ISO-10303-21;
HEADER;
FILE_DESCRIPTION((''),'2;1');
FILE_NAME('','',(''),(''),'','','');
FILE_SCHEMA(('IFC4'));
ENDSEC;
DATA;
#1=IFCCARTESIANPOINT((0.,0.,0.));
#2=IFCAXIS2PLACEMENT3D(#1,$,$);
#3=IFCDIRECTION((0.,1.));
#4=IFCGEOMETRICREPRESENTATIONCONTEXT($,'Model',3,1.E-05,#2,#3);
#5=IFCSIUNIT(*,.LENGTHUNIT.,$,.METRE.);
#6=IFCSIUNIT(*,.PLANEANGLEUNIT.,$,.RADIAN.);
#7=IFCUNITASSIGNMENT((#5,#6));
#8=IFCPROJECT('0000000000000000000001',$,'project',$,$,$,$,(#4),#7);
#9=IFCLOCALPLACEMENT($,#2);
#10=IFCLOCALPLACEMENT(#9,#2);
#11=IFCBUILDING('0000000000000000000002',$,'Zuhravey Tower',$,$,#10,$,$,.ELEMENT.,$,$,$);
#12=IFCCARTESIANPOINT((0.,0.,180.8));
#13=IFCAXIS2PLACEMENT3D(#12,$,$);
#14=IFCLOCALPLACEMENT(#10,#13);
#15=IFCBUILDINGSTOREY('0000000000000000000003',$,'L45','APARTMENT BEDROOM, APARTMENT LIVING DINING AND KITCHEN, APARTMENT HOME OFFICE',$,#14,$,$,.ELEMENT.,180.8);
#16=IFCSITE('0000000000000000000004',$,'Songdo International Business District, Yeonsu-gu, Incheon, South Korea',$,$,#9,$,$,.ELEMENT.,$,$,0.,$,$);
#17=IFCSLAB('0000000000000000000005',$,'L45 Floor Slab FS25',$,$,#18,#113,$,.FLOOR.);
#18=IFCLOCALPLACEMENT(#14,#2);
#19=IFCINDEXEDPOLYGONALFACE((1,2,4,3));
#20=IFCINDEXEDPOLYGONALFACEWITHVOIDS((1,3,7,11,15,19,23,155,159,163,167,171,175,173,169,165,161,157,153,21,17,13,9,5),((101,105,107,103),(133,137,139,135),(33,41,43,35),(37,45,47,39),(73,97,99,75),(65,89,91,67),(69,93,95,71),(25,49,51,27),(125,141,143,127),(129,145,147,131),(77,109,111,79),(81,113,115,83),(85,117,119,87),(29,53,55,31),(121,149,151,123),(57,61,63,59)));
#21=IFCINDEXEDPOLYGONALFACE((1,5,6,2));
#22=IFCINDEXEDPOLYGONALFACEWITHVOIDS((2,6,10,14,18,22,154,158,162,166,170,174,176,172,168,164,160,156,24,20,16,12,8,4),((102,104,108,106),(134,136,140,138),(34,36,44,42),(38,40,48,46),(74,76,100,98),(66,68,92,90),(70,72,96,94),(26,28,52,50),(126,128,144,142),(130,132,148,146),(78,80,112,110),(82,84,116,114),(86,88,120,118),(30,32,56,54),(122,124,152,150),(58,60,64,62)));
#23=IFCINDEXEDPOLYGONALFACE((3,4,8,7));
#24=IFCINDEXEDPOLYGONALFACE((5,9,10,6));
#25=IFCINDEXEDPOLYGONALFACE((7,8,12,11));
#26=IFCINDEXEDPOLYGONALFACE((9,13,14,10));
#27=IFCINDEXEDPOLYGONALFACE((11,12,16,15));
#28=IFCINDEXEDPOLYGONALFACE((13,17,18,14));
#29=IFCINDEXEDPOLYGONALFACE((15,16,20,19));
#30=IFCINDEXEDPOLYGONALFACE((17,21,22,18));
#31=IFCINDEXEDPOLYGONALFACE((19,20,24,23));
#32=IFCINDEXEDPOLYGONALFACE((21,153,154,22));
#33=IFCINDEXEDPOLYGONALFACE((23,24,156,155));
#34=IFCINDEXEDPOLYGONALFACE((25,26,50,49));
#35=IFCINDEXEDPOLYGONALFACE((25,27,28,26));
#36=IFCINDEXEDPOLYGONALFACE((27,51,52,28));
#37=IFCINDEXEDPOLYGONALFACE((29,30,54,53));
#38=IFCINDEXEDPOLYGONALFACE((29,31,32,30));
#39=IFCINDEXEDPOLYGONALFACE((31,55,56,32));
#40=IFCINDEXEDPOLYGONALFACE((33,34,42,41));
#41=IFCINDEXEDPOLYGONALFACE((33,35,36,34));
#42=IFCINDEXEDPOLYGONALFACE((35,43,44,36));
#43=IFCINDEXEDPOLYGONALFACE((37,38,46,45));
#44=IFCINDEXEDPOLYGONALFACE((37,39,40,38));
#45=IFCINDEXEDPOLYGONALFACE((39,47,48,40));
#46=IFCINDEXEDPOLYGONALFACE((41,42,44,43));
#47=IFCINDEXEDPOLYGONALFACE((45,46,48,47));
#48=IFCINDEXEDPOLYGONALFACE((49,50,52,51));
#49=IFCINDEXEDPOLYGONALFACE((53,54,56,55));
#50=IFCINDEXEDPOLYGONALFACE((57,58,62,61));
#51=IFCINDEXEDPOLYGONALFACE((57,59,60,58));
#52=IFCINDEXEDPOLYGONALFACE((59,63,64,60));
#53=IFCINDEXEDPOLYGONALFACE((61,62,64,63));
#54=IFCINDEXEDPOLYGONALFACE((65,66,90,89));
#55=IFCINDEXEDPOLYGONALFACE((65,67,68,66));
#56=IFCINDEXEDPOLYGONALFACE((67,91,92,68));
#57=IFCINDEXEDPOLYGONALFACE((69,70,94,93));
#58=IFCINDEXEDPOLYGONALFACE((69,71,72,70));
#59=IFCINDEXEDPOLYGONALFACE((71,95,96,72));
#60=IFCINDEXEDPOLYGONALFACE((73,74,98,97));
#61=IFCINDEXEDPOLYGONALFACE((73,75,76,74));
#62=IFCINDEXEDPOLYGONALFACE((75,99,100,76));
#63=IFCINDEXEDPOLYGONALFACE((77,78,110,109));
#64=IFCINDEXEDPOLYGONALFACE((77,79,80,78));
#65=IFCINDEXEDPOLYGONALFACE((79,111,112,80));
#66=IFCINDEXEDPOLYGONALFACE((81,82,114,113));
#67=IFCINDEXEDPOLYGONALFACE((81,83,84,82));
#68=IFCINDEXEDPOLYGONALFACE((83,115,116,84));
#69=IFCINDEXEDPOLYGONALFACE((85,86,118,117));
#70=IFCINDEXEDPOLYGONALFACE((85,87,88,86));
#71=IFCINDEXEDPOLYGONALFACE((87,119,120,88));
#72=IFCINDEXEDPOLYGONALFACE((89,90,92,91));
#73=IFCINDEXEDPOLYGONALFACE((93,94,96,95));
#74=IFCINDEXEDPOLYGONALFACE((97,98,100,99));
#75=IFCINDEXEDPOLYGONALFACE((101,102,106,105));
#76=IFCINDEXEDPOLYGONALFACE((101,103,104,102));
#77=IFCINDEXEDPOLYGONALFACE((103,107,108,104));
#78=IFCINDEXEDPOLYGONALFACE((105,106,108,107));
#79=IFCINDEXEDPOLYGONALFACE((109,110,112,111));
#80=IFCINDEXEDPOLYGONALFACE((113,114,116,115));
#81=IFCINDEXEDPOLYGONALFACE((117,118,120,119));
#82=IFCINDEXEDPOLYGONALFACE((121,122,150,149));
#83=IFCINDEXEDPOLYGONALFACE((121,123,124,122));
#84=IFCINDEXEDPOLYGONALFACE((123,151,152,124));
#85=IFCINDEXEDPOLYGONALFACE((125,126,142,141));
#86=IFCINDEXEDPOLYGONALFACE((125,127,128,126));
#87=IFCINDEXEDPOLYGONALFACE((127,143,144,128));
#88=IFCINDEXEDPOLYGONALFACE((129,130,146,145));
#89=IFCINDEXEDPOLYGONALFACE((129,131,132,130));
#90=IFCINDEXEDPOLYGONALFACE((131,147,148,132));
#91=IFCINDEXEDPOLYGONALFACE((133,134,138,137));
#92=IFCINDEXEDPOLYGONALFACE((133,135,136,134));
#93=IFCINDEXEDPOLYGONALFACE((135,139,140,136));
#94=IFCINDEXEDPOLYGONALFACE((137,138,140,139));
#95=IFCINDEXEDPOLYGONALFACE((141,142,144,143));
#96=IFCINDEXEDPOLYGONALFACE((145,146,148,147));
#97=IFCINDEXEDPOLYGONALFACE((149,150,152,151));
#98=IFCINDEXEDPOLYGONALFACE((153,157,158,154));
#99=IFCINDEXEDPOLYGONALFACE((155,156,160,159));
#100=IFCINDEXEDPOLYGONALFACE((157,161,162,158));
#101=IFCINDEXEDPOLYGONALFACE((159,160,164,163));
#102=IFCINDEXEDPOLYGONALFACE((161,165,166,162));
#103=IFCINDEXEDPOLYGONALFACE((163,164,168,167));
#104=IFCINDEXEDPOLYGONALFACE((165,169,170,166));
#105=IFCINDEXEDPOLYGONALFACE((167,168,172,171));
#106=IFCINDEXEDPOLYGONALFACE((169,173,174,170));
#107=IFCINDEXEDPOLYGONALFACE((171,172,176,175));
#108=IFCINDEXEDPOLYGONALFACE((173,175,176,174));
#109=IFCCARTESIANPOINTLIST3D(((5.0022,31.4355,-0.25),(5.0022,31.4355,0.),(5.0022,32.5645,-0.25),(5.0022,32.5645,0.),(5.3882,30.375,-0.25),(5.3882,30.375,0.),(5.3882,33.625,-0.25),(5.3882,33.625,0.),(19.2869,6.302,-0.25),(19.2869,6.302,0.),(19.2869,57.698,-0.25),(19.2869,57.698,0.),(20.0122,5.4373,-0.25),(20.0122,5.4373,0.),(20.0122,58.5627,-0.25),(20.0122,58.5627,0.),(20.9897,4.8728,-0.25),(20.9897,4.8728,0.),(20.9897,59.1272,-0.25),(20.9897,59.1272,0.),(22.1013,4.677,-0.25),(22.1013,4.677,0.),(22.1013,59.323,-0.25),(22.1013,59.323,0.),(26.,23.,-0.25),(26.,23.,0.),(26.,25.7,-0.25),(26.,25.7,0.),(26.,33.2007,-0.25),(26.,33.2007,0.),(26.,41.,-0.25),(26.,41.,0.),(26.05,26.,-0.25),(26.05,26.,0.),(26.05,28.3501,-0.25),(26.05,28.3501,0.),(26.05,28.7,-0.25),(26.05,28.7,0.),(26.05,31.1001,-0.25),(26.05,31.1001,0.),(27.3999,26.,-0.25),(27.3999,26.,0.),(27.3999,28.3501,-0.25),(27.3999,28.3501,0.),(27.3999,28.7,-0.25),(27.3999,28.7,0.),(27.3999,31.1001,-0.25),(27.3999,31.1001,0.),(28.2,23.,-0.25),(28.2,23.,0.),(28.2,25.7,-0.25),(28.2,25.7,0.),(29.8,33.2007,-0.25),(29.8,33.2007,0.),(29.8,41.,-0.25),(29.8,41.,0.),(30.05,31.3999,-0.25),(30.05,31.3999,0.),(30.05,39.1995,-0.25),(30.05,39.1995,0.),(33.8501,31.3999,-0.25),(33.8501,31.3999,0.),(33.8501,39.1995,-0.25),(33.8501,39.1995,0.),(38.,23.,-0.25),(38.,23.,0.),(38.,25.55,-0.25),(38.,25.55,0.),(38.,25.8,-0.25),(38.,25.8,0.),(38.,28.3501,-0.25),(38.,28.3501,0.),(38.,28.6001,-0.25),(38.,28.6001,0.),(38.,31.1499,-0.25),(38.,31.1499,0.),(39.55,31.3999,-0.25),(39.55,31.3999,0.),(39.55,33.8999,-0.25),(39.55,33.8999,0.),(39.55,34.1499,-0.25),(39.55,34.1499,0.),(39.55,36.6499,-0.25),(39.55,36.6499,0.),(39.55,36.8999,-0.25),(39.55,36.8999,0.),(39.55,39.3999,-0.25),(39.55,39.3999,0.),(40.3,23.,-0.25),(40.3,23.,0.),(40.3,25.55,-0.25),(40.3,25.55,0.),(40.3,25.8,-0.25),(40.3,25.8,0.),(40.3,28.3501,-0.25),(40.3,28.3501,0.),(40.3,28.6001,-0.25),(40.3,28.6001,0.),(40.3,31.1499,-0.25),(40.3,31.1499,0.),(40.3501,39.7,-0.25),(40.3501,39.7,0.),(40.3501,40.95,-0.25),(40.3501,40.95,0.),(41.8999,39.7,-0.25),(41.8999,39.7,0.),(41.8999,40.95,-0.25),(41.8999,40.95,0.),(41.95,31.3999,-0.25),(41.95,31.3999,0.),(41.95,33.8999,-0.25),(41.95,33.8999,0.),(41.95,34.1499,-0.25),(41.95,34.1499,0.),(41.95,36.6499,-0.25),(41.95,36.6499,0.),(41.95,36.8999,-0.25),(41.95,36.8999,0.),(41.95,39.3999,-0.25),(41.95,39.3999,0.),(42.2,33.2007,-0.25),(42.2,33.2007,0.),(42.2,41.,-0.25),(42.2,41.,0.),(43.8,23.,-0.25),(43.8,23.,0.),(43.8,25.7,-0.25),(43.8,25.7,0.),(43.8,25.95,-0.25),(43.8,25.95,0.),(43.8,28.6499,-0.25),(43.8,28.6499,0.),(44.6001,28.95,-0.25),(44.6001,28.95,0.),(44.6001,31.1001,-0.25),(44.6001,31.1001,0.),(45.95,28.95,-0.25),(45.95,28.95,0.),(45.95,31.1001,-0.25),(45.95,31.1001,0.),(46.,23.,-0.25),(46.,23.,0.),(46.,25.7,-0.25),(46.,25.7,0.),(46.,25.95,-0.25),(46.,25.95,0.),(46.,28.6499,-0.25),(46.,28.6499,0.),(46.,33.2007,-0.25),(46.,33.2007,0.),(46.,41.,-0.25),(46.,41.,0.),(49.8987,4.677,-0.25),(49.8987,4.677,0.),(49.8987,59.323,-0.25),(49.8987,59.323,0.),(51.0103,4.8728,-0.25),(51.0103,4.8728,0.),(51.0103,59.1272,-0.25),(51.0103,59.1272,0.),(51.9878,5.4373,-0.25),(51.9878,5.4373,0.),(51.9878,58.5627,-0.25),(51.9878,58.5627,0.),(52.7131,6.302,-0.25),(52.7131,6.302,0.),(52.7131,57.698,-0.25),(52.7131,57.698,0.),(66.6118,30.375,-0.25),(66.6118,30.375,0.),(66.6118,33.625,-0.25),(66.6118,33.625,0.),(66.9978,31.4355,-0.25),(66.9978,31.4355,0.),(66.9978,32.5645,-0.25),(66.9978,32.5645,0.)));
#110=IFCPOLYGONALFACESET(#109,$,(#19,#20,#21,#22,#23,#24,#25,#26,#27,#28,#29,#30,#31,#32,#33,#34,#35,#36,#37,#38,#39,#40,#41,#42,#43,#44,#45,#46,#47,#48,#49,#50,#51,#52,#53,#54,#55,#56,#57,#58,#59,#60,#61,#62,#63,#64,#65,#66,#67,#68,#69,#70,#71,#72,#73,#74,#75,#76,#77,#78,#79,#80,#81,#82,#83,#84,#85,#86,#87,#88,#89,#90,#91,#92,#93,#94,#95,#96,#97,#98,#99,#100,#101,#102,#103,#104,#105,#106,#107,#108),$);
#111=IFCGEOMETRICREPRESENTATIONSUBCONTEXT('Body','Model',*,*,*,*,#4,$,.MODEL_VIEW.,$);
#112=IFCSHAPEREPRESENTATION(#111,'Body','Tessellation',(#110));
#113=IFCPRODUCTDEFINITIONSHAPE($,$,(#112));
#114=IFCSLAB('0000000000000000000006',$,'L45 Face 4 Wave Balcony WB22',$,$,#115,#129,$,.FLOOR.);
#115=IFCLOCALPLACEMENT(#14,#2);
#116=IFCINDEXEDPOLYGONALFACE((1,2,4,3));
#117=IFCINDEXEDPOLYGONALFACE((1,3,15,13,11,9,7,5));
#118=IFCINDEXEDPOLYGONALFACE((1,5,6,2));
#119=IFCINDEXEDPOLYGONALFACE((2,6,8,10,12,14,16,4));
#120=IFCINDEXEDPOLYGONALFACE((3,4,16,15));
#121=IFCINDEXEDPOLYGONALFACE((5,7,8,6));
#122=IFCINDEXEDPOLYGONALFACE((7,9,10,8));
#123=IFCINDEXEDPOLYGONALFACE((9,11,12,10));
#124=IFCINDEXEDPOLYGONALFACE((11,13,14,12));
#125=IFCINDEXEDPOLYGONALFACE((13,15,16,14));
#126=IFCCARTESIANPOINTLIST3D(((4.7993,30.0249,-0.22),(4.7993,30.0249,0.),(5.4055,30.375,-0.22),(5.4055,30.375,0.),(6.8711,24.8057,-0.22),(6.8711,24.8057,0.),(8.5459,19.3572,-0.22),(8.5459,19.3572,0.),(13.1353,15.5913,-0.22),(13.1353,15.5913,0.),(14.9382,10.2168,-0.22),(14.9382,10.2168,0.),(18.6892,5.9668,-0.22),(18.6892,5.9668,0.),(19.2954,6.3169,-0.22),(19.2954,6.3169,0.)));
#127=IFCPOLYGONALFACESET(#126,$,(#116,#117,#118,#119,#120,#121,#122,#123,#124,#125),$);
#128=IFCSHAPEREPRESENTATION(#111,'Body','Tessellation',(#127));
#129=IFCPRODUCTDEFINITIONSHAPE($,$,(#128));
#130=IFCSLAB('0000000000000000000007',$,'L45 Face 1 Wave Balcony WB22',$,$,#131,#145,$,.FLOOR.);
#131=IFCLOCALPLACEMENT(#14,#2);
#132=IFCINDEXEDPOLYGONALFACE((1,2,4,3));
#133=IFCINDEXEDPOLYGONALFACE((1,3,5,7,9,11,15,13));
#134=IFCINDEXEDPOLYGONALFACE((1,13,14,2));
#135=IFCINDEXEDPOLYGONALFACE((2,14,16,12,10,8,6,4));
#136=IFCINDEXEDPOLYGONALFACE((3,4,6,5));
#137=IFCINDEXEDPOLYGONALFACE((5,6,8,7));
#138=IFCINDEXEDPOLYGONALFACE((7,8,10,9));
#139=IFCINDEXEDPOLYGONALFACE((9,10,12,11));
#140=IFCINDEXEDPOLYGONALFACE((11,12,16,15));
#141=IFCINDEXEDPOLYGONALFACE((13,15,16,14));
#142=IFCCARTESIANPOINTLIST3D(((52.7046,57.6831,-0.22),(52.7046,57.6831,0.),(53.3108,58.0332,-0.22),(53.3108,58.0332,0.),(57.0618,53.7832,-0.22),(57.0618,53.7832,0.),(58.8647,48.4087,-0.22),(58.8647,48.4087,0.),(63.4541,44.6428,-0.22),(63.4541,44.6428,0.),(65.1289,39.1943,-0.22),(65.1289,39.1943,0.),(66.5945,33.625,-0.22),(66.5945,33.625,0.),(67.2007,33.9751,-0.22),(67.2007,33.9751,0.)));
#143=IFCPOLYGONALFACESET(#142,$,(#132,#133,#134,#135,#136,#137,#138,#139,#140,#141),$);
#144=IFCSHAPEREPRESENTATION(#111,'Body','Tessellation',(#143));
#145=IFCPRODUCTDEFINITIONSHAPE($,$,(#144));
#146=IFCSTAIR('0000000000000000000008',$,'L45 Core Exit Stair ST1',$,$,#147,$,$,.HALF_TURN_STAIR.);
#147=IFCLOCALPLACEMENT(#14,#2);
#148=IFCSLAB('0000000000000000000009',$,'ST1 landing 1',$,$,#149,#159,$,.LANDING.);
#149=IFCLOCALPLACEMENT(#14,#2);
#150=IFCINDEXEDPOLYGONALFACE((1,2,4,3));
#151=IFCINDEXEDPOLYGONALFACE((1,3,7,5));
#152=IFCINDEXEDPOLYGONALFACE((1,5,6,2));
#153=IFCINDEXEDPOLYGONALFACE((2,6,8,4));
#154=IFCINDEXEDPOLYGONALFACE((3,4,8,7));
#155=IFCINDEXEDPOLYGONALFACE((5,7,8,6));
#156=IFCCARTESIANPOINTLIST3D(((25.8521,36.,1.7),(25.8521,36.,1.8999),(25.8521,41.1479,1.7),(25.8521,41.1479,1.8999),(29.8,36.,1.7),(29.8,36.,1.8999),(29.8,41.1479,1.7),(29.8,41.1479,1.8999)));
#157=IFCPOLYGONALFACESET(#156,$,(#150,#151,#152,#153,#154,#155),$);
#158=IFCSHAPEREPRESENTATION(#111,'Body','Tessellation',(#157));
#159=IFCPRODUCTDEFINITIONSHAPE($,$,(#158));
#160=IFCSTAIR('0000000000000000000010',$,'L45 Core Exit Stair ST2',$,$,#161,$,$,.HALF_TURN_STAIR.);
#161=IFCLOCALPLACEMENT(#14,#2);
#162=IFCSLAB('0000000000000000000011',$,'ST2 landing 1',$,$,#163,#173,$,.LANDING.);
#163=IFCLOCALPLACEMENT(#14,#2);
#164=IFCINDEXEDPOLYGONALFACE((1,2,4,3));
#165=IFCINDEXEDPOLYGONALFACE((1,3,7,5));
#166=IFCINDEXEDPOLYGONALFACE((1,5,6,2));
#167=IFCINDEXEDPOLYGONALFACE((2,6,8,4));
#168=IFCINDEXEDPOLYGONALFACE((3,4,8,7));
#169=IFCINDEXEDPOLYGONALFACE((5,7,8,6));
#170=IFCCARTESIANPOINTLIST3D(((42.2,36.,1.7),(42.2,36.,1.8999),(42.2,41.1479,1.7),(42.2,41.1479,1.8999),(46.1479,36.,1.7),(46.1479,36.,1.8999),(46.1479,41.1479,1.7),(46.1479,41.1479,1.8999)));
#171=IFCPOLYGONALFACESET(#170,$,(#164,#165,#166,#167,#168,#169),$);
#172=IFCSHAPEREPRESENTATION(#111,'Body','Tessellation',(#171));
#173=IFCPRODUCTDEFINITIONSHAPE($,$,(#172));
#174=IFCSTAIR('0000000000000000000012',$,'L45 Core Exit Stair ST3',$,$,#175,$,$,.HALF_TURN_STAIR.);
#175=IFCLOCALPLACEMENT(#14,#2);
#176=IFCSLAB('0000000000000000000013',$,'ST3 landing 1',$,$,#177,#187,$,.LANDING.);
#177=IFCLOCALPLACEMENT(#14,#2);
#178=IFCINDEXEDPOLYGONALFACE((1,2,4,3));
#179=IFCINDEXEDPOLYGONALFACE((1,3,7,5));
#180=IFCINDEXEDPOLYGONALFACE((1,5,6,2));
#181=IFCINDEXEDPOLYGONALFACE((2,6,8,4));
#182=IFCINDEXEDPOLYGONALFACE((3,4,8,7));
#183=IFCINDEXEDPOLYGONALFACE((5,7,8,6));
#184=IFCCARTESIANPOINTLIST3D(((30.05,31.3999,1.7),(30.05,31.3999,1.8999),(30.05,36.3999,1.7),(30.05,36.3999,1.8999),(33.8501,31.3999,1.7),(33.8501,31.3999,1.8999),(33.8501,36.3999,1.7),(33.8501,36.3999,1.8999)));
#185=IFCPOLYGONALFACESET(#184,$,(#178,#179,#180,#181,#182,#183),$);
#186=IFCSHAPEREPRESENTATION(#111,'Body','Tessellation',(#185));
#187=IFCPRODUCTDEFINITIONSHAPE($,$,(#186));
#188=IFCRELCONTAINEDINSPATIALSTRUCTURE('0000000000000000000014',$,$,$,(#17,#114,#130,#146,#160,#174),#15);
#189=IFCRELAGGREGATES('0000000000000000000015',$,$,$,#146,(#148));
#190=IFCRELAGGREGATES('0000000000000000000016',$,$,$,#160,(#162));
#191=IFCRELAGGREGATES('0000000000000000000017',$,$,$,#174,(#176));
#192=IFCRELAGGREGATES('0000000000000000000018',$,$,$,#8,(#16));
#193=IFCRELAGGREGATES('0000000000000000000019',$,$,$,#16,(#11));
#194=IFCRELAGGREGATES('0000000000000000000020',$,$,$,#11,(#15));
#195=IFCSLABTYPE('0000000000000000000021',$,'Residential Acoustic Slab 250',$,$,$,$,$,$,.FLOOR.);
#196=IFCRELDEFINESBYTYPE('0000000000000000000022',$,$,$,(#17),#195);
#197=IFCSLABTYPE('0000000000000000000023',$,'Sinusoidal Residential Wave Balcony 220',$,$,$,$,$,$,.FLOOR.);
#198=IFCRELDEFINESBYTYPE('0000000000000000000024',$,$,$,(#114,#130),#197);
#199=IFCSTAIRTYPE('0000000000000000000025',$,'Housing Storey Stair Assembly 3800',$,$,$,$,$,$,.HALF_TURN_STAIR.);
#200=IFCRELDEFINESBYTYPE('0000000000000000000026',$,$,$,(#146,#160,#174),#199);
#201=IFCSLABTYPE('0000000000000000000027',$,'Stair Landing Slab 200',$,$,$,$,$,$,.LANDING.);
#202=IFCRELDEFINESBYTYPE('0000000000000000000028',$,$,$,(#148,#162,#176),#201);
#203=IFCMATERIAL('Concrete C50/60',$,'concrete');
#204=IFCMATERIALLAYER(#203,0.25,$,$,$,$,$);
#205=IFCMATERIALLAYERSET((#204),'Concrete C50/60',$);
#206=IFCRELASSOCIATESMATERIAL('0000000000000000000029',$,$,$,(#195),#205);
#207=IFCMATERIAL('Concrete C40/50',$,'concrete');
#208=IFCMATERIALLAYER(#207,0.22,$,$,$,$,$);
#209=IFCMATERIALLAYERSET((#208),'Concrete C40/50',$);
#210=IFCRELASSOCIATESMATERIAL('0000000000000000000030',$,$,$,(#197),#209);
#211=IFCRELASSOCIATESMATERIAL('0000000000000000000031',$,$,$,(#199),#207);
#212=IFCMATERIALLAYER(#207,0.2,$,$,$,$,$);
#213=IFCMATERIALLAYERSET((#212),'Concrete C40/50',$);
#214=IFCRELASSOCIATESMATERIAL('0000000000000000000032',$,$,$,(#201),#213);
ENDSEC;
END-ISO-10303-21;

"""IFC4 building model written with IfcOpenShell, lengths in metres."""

from ifc_helpers import new_model, si_unit, direction, frame, origin, place, context, subcontext, project, spatial, polyline, outline, extrude, material, layer, layer_set, type_object, element, aggregate, save


model = new_model("IFC4")

# Units and contexts
model_context = context("Model", 3, precision=1e-05, world=origin(), true_north=direction((0.0, 1.0)))
body_context = subcontext(model_context, "Body", "Model", "MODEL_VIEW")
ifc_project = project(units=[si_unit("LENGTHUNIT", "METRE"), si_unit("PLANEANGLEUNIT", "RADIAN")], contexts=[model_context])

# Site, building, storey
site_placement = place(None, origin())
site = spatial("IfcSite", under=ifc_project, at=site_placement, Name="Songdo International Business District, Yeonsu-gu, Incheon, South Korea", CompositionType="ELEMENT", RefElevation=0.0)
building_placement = place(site_placement, origin())
building = spatial("IfcBuilding", under=site, at=building_placement, Name="Zuhravey Tower", CompositionType="ELEMENT")
storey_placement = place(building_placement, frame((0.0, 0.0, 180.8)))
storey = spatial("IfcBuildingStorey", under=building, at=storey_placement, Name="L45", Description="APARTMENT BEDROOM, APARTMENT LIVING DINING AND KITCHEN, APARTMENT HOME OFFICE", CompositionType="ELEMENT", Elevation=180.8)

# Slabs
ifc_material_1 = material(Name="Concrete C50/60", Category="concrete")
ifc_layer_1 = layer(ifc_material_1, 0.25)
ifc_layer_set_1 = layer_set([ifc_layer_1], Name="Concrete C50/60")
slab_type_1 = type_object("IfcSlabType", Name="Residential Acoustic Slab 250", PredefinedType="FLOOR", material=ifc_layer_set_1)
slab_1_placement = place(storey_placement, frame((0.0, 0.0, -0.25)))
element("IfcSlab", 1, at=slab_1_placement, inside=storey, type_object=slab_type_1, Name="L45 Floor Slab FS25", PredefinedType="FLOOR", context=body_context, shape_type="SweptSolid", body=[
    extrude(outline(polyline([(66.6118, 30.375), (66.9978, 31.4355), (66.9978, 32.5645), (66.6118, 33.625), (52.7131, 57.698), (51.9878, 58.5627), (51.0103, 59.1272), (49.8987, 59.323), (22.1013, 59.323), (20.9897, 59.1272), (20.0122, 58.5627), (19.2869, 57.698), (5.3882, 33.625), (5.0022, 32.5645), (5.0022, 31.4355), (5.3882, 30.375), (19.2869, 6.302), (20.0122, 5.4373), (20.9897, 4.8728), (22.1013, 4.677), (49.8987, 4.677), (51.0103, 4.8728), (51.9878, 5.4373), (52.7131, 6.302), (66.6118, 30.375)]), holes=[polyline([(29.8, 33.2007), (29.8, 41.0), (26.0, 41.0), (26.0, 33.2007), (29.8, 33.2007)]), polyline([(46.0, 33.2007), (46.0, 41.0), (42.2, 41.0), (42.2, 33.2007), (46.0, 33.2007)]), polyline([(30.05, 39.1995), (30.05, 31.3999), (33.8501, 31.3999), (33.8501, 39.1995), (30.05, 39.1995)]), polyline([(38.0, 23.0), (40.3, 23.0), (40.3, 25.55), (38.0, 25.55), (38.0, 23.0)]), polyline([(38.0, 25.8), (40.3, 25.8), (40.3, 28.3501), (38.0, 28.3501), (38.0, 25.8)]), polyline([(38.0, 28.6001), (40.3, 28.6001), (40.3, 31.1499), (38.0, 31.1499), (38.0, 28.6001)]), polyline([(39.55, 31.3999), (41.95, 31.3999), (41.95, 33.8999), (39.55, 33.8999), (39.55, 31.3999)]), polyline([(39.55, 34.1499), (41.95, 34.1499), (41.95, 36.6499), (39.55, 36.6499), (39.55, 34.1499)]), polyline([(39.55, 36.8999), (41.95, 36.8999), (41.95, 39.3999), (39.55, 39.3999), (39.55, 36.8999)]), polyline([(26.0, 23.0), (28.2, 23.0), (28.2, 25.7), (26.0, 25.7), (26.0, 23.0)]), polyline([(43.8, 23.0), (46.0, 23.0), (46.0, 25.7), (43.8, 25.7), (43.8, 23.0)]), polyline([(43.8, 25.95), (46.0, 25.95), (46.0, 28.6499), (43.8, 28.6499), (43.8, 25.95)]), polyline([(26.05, 26.0), (27.3999, 26.0), (27.3999, 28.3501), (26.05, 28.3501), (26.05, 26.0)]), polyline([(26.05, 28.7), (27.3999, 28.7), (27.3999, 31.1001), (26.05, 31.1001), (26.05, 28.7)]), polyline([(44.6001, 28.95), (45.95, 28.95), (45.95, 31.1001), (44.6001, 31.1001), (44.6001, 28.95)]), polyline([(40.3501, 39.7), (41.8999, 39.7), (41.8999, 40.95), (40.3501, 40.95), (40.3501, 39.7)])]), origin(), (0.0, 0.0, 1.0), 0.25),
])
ifc_material_2 = material(Name="Concrete C40/50", Category="concrete")
ifc_layer_2 = layer(ifc_material_2, 0.22)
ifc_layer_set_2 = layer_set([ifc_layer_2], Name="Concrete C40/50")
slab_type_2 = type_object("IfcSlabType", Name="Sinusoidal Residential Wave Balcony 220", PredefinedType="FLOOR", material=ifc_layer_set_2)
slab_2_placement = place(storey_placement, frame((0.0, 0.0, -0.22)))
element("IfcSlab", 2, at=slab_2_placement, inside=storey, type_object=slab_type_2, Name="L45 Face 4 Wave Balcony WB22", PredefinedType="FLOOR", context=body_context, shape_type="SweptSolid", body=[
    extrude(outline(polyline([(5.4055, 30.375), (19.2954, 6.3169), (18.6892, 5.9668), (14.9382, 10.2168), (13.1353, 15.5913), (8.5459, 19.3572), (6.8711, 24.8057), (4.7993, 30.0249), (5.4055, 30.375)])), origin(), (0.0, 0.0, 1.0), 0.22),
])
slab_3_placement = place(storey_placement, frame((0.0, 0.0, -0.22)))
element("IfcSlab", 3, at=slab_3_placement, inside=storey, type_object=slab_type_2, Name="L45 Face 1 Wave Balcony WB22", PredefinedType="FLOOR", context=body_context, shape_type="SweptSolid", body=[
    extrude(outline(polyline([(66.5945, 33.625), (52.7046, 57.6831), (53.3108, 58.0332), (57.0618, 53.7832), (58.8647, 48.4087), (63.4541, 44.6428), (65.1289, 39.1943), (67.2007, 33.9751), (66.5945, 33.625)])), origin(), (0.0, 0.0, 1.0), 0.22),
])

# Stairs, slabs
stair_type = type_object("IfcStairType", Name="Housing Storey Stair Assembly 3800", PredefinedType="HALF_TURN_STAIR", material=ifc_material_2)
stair_1_placement = place(storey_placement, origin())
stair_1 = element("IfcStair", 4, at=stair_1_placement, inside=storey, type_object=stair_type, Name="L45 Core Exit Stair ST1", PredefinedType="HALF_TURN_STAIR")
ifc_layer_3 = layer(ifc_material_2, 0.2)
ifc_layer_set_3 = layer_set([ifc_layer_3], Name="Concrete C40/50")
slab_type_3 = type_object("IfcSlabType", Name="Stair Landing Slab 200", PredefinedType="LANDING", material=ifc_layer_set_3)
slab_4_placement = place(storey_placement, frame((0.0, 0.0, 1.7)))
slab_4 = element("IfcSlab", 5, at=slab_4_placement, type_object=slab_type_3, Name="ST1 landing 1", PredefinedType="LANDING", context=body_context, shape_type="SweptSolid", body=[
    extrude(outline(polyline([(29.8, 36.0), (29.8, 41.1479), (25.8521, 41.1479), (25.8521, 36.0), (29.8, 36.0)])), origin(), (0.0, 0.0, 1.0), 0.2),
])
aggregate(stair_1, [slab_4])
stair_2_placement = place(storey_placement, origin())
stair_2 = element("IfcStair", 6, at=stair_2_placement, inside=storey, type_object=stair_type, Name="L45 Core Exit Stair ST2", PredefinedType="HALF_TURN_STAIR")
slab_5_placement = place(storey_placement, frame((0.0, 0.0, 1.7)))
slab_5 = element("IfcSlab", 7, at=slab_5_placement, type_object=slab_type_3, Name="ST2 landing 1", PredefinedType="LANDING", context=body_context, shape_type="SweptSolid", body=[
    extrude(outline(polyline([(46.1479, 36.0), (46.1479, 41.1479), (42.2, 41.1479), (42.2, 36.0), (46.1479, 36.0)])), origin(), (0.0, 0.0, 1.0), 0.2),
])
aggregate(stair_2, [slab_5])
stair_3_placement = place(storey_placement, origin())
stair_3 = element("IfcStair", 8, at=stair_3_placement, inside=storey, type_object=stair_type, Name="L45 Core Exit Stair ST3", PredefinedType="HALF_TURN_STAIR")
slab_6_placement = place(storey_placement, frame((0.0, 0.0, 1.7)))
slab_6 = element("IfcSlab", 9, at=slab_6_placement, type_object=slab_type_3, Name="ST3 landing 1", PredefinedType="LANDING", context=body_context, shape_type="SweptSolid", body=[
    extrude(outline(polyline([(30.05, 36.3999), (30.05, 31.3999), (33.8501, 31.3999), (33.8501, 36.3999), (30.05, 36.3999)])), origin(), (0.0, 0.0, 1.0), 0.2),
])
aggregate(stair_3, [slab_6])

save(model, "model.ifc")
